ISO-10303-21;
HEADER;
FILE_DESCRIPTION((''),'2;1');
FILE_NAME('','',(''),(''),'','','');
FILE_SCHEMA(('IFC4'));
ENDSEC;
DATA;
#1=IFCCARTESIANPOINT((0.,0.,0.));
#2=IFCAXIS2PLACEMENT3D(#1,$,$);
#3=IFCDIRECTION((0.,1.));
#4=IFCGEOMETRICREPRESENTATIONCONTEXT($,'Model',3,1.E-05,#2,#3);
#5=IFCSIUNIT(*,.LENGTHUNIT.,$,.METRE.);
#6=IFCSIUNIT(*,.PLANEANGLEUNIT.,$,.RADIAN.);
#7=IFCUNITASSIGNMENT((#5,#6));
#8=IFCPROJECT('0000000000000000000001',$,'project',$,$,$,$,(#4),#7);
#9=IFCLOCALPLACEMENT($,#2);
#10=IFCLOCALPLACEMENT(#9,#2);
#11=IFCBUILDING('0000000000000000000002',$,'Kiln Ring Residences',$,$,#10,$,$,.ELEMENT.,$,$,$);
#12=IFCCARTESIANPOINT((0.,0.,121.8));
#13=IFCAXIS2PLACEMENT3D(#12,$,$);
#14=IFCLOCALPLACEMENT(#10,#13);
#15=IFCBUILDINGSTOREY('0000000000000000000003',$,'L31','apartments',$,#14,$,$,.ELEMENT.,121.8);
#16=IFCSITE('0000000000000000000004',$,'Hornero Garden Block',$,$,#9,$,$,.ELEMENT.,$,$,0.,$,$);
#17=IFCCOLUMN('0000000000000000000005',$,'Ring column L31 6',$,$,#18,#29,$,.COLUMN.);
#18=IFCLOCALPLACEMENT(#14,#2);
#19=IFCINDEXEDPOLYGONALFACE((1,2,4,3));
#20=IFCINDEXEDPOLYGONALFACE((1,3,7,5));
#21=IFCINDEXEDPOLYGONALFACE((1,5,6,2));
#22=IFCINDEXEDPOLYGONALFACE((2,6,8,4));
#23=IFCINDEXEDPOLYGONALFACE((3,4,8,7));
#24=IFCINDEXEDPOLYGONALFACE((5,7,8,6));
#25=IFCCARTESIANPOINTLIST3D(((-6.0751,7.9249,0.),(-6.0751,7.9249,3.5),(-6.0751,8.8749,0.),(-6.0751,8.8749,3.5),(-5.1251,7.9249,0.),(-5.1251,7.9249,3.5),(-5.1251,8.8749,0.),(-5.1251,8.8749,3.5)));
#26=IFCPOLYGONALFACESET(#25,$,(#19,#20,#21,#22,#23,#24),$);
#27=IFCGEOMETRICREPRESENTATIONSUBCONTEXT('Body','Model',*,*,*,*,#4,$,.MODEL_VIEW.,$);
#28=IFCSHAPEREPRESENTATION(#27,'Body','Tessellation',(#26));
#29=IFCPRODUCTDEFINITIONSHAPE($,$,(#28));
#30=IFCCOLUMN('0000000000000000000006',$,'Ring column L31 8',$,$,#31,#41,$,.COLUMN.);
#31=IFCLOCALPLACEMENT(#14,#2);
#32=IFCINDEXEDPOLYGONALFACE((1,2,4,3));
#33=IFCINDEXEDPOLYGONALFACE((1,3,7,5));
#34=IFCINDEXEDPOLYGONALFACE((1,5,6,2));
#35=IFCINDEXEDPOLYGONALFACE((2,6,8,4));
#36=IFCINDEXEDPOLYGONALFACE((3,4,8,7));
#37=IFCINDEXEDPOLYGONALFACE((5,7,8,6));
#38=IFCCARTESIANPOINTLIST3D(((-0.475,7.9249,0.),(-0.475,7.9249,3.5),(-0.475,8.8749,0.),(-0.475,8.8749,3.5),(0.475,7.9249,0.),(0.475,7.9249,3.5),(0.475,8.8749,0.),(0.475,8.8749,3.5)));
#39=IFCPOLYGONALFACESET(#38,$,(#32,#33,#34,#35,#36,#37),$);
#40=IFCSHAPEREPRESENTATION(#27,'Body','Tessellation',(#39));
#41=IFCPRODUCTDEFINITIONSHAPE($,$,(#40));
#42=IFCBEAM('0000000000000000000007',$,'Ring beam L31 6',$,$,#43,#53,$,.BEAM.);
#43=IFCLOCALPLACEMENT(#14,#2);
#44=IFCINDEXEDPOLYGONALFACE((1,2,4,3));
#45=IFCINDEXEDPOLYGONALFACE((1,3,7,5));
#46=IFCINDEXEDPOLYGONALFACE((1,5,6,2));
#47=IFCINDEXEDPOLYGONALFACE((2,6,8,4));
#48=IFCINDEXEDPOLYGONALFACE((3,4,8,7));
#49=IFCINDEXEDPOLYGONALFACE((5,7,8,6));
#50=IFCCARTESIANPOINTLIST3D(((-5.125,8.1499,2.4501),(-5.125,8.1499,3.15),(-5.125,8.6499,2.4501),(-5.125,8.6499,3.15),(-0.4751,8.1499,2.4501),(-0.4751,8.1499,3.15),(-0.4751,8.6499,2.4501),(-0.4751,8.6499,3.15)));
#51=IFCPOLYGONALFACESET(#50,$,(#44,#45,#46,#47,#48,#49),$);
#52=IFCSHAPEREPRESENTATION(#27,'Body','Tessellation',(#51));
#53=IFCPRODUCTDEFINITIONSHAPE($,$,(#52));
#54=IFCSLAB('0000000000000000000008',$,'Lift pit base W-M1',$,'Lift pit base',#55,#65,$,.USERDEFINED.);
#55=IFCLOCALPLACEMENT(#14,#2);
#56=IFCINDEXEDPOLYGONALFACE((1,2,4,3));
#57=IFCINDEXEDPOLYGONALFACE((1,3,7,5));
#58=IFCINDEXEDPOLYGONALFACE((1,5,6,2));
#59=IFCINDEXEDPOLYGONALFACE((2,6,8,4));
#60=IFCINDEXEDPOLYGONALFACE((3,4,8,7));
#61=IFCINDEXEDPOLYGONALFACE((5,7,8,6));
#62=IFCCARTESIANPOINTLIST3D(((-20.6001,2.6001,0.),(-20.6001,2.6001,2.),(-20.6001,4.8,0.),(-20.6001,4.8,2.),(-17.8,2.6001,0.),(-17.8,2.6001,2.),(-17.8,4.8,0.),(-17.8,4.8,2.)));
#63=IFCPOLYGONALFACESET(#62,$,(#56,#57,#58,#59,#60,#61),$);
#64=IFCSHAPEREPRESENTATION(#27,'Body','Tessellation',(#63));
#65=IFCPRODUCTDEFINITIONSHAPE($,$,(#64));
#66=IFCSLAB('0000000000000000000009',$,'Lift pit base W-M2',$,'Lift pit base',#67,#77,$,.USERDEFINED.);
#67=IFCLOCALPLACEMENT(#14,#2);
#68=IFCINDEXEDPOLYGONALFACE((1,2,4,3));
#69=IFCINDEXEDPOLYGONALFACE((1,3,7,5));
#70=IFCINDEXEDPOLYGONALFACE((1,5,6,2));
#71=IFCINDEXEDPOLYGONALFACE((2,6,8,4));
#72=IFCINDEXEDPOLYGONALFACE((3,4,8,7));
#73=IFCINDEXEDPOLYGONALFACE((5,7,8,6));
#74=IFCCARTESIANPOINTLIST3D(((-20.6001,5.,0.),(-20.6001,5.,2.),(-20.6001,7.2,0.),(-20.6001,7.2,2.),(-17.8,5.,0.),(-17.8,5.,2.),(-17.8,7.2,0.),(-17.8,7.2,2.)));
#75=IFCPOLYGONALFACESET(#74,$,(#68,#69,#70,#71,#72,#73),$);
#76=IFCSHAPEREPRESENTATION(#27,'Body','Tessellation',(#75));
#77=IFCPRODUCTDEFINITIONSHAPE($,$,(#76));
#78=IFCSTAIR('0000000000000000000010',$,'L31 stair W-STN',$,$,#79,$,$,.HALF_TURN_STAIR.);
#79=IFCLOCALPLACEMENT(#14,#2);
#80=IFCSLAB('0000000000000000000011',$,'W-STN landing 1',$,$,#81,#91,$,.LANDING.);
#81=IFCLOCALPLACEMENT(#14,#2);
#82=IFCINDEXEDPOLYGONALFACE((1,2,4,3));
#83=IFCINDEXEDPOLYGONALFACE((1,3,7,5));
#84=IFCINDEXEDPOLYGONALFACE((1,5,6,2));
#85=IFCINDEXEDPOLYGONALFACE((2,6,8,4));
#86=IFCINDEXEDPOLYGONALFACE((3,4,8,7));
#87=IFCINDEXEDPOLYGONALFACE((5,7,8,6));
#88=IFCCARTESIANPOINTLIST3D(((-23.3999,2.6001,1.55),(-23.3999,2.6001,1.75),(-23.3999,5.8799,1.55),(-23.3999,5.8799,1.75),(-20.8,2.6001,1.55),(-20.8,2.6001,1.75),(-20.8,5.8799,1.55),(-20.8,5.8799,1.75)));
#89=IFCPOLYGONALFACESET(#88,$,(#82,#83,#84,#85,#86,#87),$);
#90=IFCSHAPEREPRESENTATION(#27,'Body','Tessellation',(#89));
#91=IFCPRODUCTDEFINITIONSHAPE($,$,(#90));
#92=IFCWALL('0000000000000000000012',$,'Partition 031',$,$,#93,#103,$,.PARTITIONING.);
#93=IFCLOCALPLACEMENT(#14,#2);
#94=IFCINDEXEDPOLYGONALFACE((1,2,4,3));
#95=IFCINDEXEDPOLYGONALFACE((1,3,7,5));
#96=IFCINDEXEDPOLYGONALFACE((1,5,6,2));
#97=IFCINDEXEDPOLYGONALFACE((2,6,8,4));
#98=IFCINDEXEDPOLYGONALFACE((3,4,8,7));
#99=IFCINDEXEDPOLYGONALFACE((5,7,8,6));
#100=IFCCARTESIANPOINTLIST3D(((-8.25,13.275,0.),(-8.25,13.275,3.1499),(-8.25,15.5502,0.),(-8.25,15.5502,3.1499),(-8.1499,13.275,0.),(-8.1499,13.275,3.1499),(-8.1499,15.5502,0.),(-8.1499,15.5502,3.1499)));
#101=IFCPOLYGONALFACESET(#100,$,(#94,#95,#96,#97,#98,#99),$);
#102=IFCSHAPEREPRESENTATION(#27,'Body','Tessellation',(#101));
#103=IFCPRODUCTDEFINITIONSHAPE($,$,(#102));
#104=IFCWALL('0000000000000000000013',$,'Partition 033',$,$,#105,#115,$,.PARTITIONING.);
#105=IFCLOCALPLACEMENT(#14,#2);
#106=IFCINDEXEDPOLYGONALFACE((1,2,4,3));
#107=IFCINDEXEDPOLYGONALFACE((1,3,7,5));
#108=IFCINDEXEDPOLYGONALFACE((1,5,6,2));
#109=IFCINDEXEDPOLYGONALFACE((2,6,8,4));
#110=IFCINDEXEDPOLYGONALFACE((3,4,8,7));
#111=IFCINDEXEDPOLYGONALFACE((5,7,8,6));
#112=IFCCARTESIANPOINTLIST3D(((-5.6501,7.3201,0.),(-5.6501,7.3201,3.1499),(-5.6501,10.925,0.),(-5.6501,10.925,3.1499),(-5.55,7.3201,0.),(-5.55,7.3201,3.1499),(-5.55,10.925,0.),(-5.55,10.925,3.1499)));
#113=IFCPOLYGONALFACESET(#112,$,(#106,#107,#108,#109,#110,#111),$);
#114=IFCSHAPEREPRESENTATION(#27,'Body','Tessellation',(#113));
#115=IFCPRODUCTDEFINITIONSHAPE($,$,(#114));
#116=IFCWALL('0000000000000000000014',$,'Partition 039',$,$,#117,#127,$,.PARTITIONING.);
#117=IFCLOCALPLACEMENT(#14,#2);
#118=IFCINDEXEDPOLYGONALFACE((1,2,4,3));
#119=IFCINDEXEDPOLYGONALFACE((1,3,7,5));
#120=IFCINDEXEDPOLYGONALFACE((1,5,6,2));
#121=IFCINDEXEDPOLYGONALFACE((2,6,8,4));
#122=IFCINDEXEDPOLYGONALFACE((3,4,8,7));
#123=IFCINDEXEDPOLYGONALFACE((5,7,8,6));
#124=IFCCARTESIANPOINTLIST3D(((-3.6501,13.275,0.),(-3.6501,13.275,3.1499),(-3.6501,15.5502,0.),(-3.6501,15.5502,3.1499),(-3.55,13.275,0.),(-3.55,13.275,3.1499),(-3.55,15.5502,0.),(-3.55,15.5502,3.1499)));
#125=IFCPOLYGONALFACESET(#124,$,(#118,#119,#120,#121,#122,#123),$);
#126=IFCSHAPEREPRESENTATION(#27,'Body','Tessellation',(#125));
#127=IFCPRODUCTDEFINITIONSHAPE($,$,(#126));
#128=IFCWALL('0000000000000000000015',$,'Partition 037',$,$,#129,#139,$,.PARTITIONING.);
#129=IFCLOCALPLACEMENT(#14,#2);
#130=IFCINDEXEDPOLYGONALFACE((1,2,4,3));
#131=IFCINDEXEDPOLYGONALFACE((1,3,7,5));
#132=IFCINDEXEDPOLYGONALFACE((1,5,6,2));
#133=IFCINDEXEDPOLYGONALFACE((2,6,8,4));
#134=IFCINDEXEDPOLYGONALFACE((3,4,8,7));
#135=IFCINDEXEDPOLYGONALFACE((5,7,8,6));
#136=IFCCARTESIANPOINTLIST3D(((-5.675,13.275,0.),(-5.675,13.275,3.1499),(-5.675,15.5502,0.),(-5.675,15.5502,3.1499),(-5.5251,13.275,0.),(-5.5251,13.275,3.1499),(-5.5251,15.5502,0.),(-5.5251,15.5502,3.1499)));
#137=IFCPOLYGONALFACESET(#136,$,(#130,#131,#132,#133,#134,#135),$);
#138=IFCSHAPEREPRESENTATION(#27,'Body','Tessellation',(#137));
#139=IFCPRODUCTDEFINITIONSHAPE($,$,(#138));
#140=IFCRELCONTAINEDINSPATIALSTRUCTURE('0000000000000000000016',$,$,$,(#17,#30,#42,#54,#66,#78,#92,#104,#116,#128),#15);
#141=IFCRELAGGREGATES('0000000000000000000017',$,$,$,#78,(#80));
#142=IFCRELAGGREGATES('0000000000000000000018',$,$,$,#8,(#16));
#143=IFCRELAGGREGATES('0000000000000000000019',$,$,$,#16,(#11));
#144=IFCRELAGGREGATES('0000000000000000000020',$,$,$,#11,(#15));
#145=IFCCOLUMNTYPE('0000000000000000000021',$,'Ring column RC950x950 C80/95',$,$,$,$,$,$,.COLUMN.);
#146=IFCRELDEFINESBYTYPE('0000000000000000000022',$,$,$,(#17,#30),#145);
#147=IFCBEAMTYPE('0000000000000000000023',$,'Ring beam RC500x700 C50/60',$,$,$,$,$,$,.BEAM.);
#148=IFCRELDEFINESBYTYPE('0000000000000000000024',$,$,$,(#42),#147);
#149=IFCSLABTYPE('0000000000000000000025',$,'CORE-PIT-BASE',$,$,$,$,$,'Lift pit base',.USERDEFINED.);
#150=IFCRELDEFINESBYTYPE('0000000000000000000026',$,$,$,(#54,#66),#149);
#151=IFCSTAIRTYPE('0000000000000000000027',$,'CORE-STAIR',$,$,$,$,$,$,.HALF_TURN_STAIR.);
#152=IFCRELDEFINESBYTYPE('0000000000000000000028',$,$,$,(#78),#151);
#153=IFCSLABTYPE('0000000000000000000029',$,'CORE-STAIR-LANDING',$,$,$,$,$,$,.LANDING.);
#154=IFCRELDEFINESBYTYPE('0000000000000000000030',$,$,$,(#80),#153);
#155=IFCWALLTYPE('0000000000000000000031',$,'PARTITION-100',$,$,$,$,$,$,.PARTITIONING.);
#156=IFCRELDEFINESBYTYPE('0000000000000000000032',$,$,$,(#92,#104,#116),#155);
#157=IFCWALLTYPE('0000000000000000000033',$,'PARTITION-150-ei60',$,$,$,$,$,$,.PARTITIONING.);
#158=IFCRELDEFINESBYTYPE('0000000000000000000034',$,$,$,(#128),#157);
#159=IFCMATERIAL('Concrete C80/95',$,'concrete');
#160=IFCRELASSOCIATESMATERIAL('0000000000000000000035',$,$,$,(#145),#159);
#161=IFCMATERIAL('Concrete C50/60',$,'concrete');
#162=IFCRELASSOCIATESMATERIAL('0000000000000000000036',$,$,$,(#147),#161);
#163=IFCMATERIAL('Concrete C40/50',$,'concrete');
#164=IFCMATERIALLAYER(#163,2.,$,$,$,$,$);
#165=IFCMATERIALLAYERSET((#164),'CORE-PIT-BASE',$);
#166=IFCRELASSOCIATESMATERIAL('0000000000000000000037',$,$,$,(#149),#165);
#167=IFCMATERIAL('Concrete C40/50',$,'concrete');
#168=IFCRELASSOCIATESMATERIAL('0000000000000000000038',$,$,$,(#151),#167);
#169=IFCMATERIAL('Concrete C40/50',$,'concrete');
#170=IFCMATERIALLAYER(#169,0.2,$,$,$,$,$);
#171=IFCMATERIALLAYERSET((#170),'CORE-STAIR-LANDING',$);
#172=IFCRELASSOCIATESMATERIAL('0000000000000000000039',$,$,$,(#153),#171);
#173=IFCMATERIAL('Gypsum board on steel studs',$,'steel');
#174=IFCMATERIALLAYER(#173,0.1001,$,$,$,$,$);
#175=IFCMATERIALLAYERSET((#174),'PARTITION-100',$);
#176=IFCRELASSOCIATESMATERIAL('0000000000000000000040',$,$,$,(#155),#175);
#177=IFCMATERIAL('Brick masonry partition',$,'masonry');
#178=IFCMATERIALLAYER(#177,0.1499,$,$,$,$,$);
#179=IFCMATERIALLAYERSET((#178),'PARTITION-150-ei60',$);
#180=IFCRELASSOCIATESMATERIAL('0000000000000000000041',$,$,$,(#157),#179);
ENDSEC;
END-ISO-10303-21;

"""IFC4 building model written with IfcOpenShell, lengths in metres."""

from ifc_helpers import new_model, si_unit, direction, frame, frame_2d, origin, origin_2d, place, context, subcontext, project, spatial, polyline, rectangle, outline, extrude, material, layer, layer_set, material_profile, profile_set, type_object, element, aggregate, save


model = new_model("IFC4")

# Units and contexts
model_context = context("Model", 3, precision=1e-05, world=origin(), true_north=direction((0.0, 1.0)))
body_context = subcontext(model_context, "Body", "Model", "MODEL_VIEW")
ifc_project = project(units=[si_unit("LENGTHUNIT", "METRE"), si_unit("PLANEANGLEUNIT", "RADIAN")], contexts=[model_context])

# Site, building, storey
site_placement = place(None, origin())
site = spatial("IfcSite", under=ifc_project, at=site_placement, Name="Hornero Garden Block", CompositionType="ELEMENT", RefElevation=0.0)
building_placement = place(site_placement, origin())
building = spatial("IfcBuilding", under=site, at=building_placement, Name="Kiln Ring Residences", CompositionType="ELEMENT")
storey_placement = place(building_placement, frame((0.0, 0.0, 121.8)))
storey = spatial("IfcBuildingStorey", under=building, at=storey_placement, Name="L31", Description="apartments", CompositionType="ELEMENT", Elevation=121.8)

# Columns
ifc_material_1 = material(Name="Concrete C80/95", Category="concrete")
ifc_material_profile_1 = material_profile(ifc_material_1, rectangle(XDim=0.95, YDim=0.95, at=origin_2d()), Name="RC950x950")
ifc_profile_set_1 = profile_set([ifc_material_profile_1], Name="Concrete C80/95")
column_type = type_object("IfcColumnType", Name="Ring column RC950x950 C80/95", PredefinedType="COLUMN", material=ifc_profile_set_1)
for number, where, z_axis, x_axis, name in (
    (1, (-5.6001, 8.3999, 0.0), (0.0, 0.0, 1.0), (1.0, 0.0, 0.0), "Ring column L31 6"),
    (2, (0.0, 8.3999, 0.0), (0.0, 0.0, 1.0), (1.0, 0.0, 0.0), "Ring column L31 8"),
):
    element("IfcColumn", number, at=place(storey_placement, frame(where, z_axis=z_axis, x_axis=x_axis)), inside=storey, type_object=column_type, Name=name, PredefinedType="COLUMN", context=body_context, shape_type="SweptSolid", body=[
        extrude(rectangle(XDim=0.95, YDim=0.95, at=origin_2d()), origin(), (0.0, 0.0, 1.0), 3.5),
    ])

# Beam
ifc_material_2 = material(Name="Concrete C50/60", Category="concrete")
ifc_material_profile_2 = material_profile(ifc_material_2, rectangle(XDim=0.5, YDim=0.7, at=origin_2d()), Name="RC500x700")
ifc_profile_set_2 = profile_set([ifc_material_profile_2], Name="Concrete C50/60")
beam_type = type_object("IfcBeamType", Name="Ring beam RC500x700 C50/60", PredefinedType="BEAM", material=ifc_profile_set_2)
beam_placement = place(storey_placement, frame((-5.125, 8.3999, 2.8), z_axis=(1.0, 0.0, 0.0), x_axis=(0.0, 1.0, 0.0)))
element("IfcBeam", 3, at=beam_placement, inside=storey, type_object=beam_type, Name="Ring beam L31 6", PredefinedType="BEAM", context=body_context, shape_type="SweptSolid", body=[
    extrude(rectangle(XDim=0.5, YDim=0.7, at=origin_2d()), origin(), (0.0, 0.0, 1.0), 4.6499),
])

# Slabs
ifc_material_3 = material(Name="Concrete C40/50", Category="concrete")
ifc_layer_1 = layer(ifc_material_3, 2.0)
ifc_layer_set_1 = layer_set([ifc_layer_1], Name="CORE-PIT-BASE")
slab_type_1 = type_object("IfcSlabType", Name="CORE-PIT-BASE", ElementType="Lift pit base", PredefinedType="USERDEFINED", material=ifc_layer_set_1)
placement = place(storey_placement, origin())
element("IfcSlab", 4, at=placement, inside=storey, type_object=slab_type_1, Name="Lift pit base W-M1", ObjectType="Lift pit base", PredefinedType="USERDEFINED", context=body_context, shape_type="SweptSolid", body=[
    extrude(outline(polyline([(-17.8, 2.6001), (-17.8, 4.8), (-20.6001, 4.8), (-20.6001, 2.6001), (-17.8, 2.6001)])), origin(), (0.0, 0.0, 1.0), 2.0),
])
element("IfcSlab", 5, at=placement, inside=storey, type_object=slab_type_1, Name="Lift pit base W-M2", ObjectType="Lift pit base", PredefinedType="USERDEFINED", context=body_context, shape_type="SweptSolid", body=[
    extrude(outline(polyline([(-17.8, 5.0), (-17.8, 7.2), (-20.6001, 7.2), (-20.6001, 5.0), (-17.8, 5.0)])), origin(), (0.0, 0.0, 1.0), 2.0),
])

# Stair, slab
ifc_material_4 = material(Name="Concrete C40/50", Category="concrete")
stair_type = type_object("IfcStairType", Name="CORE-STAIR", PredefinedType="HALF_TURN_STAIR", material=ifc_material_4)
stair = element("IfcStair", 6, at=placement, inside=storey, type_object=stair_type, Name="L31 stair W-STN", PredefinedType="HALF_TURN_STAIR")
ifc_material_5 = material(Name="Concrete C40/50", Category="concrete")
ifc_layer_2 = layer(ifc_material_5, 0.2)
ifc_layer_set_2 = layer_set([ifc_layer_2], Name="CORE-STAIR-LANDING")
slab_type_2 = type_object("IfcSlabType", Name="CORE-STAIR-LANDING", PredefinedType="LANDING", material=ifc_layer_set_2)
slab_1_placement = place(storey_placement, frame((0.0, 0.0, 1.55)))
slab_1 = element("IfcSlab", 7, at=slab_1_placement, type_object=slab_type_2, Name="W-STN landing 1", PredefinedType="LANDING", context=body_context, shape_type="SweptSolid", body=[
    extrude(outline(polyline([(-23.3999, 5.8799), (-23.3999, 2.6001), (-20.8, 2.6001), (-20.8, 5.8799), (-23.3999, 5.8799)])), origin(), (0.0, 0.0, 1.0), 0.2),
])
aggregate(stair, [slab_1])

# Walls
ifc_material_6 = material(Name="Gypsum board on steel studs", Category="steel")
ifc_layer_3 = layer(ifc_material_6, 0.1001)
ifc_layer_set_3 = layer_set([ifc_layer_3], Name="PARTITION-100")
wall_type_1 = type_object("IfcWallType", Name="PARTITION-100", PredefinedType="PARTITIONING", material=ifc_layer_set_3)
wall_1_placement = place(storey_placement, frame((-8.2, 13.2749, 0.0), z_axis=(0.0, 0.0, 1.0), x_axis=(0.0, 1.0, 0.0)))
element("IfcWall", 8, at=wall_1_placement, inside=storey, type_object=wall_type_1, Name="Partition 031", PredefinedType="PARTITIONING", context=body_context, shape_type="SweptSolid", body=[
    extrude(rectangle(XDim=2.2751, YDim=0.1001, at=frame_2d((1.1377, 0.0))), origin(), (0.0, 0.0, 1.0), 3.1499),
])
wall_2_placement = place(storey_placement, frame((-5.6001, 7.3201, 0.0), z_axis=(0.0, 0.0, 1.0), x_axis=(0.0, 1.0, 0.0)))
element("IfcWall", 9, at=wall_2_placement, inside=storey, type_object=wall_type_1, Name="Partition 033", PredefinedType="PARTITIONING", context=body_context, shape_type="SweptSolid", body=[
    extrude(rectangle(XDim=3.605, YDim=0.1001, at=frame_2d((1.8025, 0.0))), origin(), (0.0, 0.0, 1.0), 3.1499),
])
wall_3_placement = place(storey_placement, frame((-3.6001, 13.2749, 0.0), z_axis=(0.0, 0.0, 1.0), x_axis=(0.0, 1.0, 0.0)))
element("IfcWall", 10, at=wall_3_placement, inside=storey, type_object=wall_type_1, Name="Partition 039", PredefinedType="PARTITIONING", context=body_context, shape_type="SweptSolid", body=[
    extrude(rectangle(XDim=2.2751, YDim=0.1001, at=frame_2d((1.1377, 0.0))), origin(), (0.0, 0.0, 1.0), 3.1499),
])
ifc_material_7 = material(Name="Brick masonry partition", Category="masonry")
ifc_layer_4 = layer(ifc_material_7, 0.1499)
ifc_layer_set_4 = layer_set([ifc_layer_4], Name="PARTITION-150-ei60")
wall_type_2 = type_object("IfcWallType", Name="PARTITION-150-ei60", PredefinedType="PARTITIONING", material=ifc_layer_set_4)
wall_4_placement = place(storey_placement, frame((-5.6001, 13.2749, 0.0), z_axis=(0.0, 0.0, 1.0), x_axis=(0.0, 1.0, 0.0)))
element("IfcWall", 11, at=wall_4_placement, inside=storey, type_object=wall_type_2, Name="Partition 037", PredefinedType="PARTITIONING", context=body_context, shape_type="SweptSolid", body=[
    extrude(rectangle(XDim=2.2751, YDim=0.1499, at=frame_2d((1.1377, 0.0))), origin(), (0.0, 0.0, 1.0), 3.1499),
])

save(model, "model.ifc")
